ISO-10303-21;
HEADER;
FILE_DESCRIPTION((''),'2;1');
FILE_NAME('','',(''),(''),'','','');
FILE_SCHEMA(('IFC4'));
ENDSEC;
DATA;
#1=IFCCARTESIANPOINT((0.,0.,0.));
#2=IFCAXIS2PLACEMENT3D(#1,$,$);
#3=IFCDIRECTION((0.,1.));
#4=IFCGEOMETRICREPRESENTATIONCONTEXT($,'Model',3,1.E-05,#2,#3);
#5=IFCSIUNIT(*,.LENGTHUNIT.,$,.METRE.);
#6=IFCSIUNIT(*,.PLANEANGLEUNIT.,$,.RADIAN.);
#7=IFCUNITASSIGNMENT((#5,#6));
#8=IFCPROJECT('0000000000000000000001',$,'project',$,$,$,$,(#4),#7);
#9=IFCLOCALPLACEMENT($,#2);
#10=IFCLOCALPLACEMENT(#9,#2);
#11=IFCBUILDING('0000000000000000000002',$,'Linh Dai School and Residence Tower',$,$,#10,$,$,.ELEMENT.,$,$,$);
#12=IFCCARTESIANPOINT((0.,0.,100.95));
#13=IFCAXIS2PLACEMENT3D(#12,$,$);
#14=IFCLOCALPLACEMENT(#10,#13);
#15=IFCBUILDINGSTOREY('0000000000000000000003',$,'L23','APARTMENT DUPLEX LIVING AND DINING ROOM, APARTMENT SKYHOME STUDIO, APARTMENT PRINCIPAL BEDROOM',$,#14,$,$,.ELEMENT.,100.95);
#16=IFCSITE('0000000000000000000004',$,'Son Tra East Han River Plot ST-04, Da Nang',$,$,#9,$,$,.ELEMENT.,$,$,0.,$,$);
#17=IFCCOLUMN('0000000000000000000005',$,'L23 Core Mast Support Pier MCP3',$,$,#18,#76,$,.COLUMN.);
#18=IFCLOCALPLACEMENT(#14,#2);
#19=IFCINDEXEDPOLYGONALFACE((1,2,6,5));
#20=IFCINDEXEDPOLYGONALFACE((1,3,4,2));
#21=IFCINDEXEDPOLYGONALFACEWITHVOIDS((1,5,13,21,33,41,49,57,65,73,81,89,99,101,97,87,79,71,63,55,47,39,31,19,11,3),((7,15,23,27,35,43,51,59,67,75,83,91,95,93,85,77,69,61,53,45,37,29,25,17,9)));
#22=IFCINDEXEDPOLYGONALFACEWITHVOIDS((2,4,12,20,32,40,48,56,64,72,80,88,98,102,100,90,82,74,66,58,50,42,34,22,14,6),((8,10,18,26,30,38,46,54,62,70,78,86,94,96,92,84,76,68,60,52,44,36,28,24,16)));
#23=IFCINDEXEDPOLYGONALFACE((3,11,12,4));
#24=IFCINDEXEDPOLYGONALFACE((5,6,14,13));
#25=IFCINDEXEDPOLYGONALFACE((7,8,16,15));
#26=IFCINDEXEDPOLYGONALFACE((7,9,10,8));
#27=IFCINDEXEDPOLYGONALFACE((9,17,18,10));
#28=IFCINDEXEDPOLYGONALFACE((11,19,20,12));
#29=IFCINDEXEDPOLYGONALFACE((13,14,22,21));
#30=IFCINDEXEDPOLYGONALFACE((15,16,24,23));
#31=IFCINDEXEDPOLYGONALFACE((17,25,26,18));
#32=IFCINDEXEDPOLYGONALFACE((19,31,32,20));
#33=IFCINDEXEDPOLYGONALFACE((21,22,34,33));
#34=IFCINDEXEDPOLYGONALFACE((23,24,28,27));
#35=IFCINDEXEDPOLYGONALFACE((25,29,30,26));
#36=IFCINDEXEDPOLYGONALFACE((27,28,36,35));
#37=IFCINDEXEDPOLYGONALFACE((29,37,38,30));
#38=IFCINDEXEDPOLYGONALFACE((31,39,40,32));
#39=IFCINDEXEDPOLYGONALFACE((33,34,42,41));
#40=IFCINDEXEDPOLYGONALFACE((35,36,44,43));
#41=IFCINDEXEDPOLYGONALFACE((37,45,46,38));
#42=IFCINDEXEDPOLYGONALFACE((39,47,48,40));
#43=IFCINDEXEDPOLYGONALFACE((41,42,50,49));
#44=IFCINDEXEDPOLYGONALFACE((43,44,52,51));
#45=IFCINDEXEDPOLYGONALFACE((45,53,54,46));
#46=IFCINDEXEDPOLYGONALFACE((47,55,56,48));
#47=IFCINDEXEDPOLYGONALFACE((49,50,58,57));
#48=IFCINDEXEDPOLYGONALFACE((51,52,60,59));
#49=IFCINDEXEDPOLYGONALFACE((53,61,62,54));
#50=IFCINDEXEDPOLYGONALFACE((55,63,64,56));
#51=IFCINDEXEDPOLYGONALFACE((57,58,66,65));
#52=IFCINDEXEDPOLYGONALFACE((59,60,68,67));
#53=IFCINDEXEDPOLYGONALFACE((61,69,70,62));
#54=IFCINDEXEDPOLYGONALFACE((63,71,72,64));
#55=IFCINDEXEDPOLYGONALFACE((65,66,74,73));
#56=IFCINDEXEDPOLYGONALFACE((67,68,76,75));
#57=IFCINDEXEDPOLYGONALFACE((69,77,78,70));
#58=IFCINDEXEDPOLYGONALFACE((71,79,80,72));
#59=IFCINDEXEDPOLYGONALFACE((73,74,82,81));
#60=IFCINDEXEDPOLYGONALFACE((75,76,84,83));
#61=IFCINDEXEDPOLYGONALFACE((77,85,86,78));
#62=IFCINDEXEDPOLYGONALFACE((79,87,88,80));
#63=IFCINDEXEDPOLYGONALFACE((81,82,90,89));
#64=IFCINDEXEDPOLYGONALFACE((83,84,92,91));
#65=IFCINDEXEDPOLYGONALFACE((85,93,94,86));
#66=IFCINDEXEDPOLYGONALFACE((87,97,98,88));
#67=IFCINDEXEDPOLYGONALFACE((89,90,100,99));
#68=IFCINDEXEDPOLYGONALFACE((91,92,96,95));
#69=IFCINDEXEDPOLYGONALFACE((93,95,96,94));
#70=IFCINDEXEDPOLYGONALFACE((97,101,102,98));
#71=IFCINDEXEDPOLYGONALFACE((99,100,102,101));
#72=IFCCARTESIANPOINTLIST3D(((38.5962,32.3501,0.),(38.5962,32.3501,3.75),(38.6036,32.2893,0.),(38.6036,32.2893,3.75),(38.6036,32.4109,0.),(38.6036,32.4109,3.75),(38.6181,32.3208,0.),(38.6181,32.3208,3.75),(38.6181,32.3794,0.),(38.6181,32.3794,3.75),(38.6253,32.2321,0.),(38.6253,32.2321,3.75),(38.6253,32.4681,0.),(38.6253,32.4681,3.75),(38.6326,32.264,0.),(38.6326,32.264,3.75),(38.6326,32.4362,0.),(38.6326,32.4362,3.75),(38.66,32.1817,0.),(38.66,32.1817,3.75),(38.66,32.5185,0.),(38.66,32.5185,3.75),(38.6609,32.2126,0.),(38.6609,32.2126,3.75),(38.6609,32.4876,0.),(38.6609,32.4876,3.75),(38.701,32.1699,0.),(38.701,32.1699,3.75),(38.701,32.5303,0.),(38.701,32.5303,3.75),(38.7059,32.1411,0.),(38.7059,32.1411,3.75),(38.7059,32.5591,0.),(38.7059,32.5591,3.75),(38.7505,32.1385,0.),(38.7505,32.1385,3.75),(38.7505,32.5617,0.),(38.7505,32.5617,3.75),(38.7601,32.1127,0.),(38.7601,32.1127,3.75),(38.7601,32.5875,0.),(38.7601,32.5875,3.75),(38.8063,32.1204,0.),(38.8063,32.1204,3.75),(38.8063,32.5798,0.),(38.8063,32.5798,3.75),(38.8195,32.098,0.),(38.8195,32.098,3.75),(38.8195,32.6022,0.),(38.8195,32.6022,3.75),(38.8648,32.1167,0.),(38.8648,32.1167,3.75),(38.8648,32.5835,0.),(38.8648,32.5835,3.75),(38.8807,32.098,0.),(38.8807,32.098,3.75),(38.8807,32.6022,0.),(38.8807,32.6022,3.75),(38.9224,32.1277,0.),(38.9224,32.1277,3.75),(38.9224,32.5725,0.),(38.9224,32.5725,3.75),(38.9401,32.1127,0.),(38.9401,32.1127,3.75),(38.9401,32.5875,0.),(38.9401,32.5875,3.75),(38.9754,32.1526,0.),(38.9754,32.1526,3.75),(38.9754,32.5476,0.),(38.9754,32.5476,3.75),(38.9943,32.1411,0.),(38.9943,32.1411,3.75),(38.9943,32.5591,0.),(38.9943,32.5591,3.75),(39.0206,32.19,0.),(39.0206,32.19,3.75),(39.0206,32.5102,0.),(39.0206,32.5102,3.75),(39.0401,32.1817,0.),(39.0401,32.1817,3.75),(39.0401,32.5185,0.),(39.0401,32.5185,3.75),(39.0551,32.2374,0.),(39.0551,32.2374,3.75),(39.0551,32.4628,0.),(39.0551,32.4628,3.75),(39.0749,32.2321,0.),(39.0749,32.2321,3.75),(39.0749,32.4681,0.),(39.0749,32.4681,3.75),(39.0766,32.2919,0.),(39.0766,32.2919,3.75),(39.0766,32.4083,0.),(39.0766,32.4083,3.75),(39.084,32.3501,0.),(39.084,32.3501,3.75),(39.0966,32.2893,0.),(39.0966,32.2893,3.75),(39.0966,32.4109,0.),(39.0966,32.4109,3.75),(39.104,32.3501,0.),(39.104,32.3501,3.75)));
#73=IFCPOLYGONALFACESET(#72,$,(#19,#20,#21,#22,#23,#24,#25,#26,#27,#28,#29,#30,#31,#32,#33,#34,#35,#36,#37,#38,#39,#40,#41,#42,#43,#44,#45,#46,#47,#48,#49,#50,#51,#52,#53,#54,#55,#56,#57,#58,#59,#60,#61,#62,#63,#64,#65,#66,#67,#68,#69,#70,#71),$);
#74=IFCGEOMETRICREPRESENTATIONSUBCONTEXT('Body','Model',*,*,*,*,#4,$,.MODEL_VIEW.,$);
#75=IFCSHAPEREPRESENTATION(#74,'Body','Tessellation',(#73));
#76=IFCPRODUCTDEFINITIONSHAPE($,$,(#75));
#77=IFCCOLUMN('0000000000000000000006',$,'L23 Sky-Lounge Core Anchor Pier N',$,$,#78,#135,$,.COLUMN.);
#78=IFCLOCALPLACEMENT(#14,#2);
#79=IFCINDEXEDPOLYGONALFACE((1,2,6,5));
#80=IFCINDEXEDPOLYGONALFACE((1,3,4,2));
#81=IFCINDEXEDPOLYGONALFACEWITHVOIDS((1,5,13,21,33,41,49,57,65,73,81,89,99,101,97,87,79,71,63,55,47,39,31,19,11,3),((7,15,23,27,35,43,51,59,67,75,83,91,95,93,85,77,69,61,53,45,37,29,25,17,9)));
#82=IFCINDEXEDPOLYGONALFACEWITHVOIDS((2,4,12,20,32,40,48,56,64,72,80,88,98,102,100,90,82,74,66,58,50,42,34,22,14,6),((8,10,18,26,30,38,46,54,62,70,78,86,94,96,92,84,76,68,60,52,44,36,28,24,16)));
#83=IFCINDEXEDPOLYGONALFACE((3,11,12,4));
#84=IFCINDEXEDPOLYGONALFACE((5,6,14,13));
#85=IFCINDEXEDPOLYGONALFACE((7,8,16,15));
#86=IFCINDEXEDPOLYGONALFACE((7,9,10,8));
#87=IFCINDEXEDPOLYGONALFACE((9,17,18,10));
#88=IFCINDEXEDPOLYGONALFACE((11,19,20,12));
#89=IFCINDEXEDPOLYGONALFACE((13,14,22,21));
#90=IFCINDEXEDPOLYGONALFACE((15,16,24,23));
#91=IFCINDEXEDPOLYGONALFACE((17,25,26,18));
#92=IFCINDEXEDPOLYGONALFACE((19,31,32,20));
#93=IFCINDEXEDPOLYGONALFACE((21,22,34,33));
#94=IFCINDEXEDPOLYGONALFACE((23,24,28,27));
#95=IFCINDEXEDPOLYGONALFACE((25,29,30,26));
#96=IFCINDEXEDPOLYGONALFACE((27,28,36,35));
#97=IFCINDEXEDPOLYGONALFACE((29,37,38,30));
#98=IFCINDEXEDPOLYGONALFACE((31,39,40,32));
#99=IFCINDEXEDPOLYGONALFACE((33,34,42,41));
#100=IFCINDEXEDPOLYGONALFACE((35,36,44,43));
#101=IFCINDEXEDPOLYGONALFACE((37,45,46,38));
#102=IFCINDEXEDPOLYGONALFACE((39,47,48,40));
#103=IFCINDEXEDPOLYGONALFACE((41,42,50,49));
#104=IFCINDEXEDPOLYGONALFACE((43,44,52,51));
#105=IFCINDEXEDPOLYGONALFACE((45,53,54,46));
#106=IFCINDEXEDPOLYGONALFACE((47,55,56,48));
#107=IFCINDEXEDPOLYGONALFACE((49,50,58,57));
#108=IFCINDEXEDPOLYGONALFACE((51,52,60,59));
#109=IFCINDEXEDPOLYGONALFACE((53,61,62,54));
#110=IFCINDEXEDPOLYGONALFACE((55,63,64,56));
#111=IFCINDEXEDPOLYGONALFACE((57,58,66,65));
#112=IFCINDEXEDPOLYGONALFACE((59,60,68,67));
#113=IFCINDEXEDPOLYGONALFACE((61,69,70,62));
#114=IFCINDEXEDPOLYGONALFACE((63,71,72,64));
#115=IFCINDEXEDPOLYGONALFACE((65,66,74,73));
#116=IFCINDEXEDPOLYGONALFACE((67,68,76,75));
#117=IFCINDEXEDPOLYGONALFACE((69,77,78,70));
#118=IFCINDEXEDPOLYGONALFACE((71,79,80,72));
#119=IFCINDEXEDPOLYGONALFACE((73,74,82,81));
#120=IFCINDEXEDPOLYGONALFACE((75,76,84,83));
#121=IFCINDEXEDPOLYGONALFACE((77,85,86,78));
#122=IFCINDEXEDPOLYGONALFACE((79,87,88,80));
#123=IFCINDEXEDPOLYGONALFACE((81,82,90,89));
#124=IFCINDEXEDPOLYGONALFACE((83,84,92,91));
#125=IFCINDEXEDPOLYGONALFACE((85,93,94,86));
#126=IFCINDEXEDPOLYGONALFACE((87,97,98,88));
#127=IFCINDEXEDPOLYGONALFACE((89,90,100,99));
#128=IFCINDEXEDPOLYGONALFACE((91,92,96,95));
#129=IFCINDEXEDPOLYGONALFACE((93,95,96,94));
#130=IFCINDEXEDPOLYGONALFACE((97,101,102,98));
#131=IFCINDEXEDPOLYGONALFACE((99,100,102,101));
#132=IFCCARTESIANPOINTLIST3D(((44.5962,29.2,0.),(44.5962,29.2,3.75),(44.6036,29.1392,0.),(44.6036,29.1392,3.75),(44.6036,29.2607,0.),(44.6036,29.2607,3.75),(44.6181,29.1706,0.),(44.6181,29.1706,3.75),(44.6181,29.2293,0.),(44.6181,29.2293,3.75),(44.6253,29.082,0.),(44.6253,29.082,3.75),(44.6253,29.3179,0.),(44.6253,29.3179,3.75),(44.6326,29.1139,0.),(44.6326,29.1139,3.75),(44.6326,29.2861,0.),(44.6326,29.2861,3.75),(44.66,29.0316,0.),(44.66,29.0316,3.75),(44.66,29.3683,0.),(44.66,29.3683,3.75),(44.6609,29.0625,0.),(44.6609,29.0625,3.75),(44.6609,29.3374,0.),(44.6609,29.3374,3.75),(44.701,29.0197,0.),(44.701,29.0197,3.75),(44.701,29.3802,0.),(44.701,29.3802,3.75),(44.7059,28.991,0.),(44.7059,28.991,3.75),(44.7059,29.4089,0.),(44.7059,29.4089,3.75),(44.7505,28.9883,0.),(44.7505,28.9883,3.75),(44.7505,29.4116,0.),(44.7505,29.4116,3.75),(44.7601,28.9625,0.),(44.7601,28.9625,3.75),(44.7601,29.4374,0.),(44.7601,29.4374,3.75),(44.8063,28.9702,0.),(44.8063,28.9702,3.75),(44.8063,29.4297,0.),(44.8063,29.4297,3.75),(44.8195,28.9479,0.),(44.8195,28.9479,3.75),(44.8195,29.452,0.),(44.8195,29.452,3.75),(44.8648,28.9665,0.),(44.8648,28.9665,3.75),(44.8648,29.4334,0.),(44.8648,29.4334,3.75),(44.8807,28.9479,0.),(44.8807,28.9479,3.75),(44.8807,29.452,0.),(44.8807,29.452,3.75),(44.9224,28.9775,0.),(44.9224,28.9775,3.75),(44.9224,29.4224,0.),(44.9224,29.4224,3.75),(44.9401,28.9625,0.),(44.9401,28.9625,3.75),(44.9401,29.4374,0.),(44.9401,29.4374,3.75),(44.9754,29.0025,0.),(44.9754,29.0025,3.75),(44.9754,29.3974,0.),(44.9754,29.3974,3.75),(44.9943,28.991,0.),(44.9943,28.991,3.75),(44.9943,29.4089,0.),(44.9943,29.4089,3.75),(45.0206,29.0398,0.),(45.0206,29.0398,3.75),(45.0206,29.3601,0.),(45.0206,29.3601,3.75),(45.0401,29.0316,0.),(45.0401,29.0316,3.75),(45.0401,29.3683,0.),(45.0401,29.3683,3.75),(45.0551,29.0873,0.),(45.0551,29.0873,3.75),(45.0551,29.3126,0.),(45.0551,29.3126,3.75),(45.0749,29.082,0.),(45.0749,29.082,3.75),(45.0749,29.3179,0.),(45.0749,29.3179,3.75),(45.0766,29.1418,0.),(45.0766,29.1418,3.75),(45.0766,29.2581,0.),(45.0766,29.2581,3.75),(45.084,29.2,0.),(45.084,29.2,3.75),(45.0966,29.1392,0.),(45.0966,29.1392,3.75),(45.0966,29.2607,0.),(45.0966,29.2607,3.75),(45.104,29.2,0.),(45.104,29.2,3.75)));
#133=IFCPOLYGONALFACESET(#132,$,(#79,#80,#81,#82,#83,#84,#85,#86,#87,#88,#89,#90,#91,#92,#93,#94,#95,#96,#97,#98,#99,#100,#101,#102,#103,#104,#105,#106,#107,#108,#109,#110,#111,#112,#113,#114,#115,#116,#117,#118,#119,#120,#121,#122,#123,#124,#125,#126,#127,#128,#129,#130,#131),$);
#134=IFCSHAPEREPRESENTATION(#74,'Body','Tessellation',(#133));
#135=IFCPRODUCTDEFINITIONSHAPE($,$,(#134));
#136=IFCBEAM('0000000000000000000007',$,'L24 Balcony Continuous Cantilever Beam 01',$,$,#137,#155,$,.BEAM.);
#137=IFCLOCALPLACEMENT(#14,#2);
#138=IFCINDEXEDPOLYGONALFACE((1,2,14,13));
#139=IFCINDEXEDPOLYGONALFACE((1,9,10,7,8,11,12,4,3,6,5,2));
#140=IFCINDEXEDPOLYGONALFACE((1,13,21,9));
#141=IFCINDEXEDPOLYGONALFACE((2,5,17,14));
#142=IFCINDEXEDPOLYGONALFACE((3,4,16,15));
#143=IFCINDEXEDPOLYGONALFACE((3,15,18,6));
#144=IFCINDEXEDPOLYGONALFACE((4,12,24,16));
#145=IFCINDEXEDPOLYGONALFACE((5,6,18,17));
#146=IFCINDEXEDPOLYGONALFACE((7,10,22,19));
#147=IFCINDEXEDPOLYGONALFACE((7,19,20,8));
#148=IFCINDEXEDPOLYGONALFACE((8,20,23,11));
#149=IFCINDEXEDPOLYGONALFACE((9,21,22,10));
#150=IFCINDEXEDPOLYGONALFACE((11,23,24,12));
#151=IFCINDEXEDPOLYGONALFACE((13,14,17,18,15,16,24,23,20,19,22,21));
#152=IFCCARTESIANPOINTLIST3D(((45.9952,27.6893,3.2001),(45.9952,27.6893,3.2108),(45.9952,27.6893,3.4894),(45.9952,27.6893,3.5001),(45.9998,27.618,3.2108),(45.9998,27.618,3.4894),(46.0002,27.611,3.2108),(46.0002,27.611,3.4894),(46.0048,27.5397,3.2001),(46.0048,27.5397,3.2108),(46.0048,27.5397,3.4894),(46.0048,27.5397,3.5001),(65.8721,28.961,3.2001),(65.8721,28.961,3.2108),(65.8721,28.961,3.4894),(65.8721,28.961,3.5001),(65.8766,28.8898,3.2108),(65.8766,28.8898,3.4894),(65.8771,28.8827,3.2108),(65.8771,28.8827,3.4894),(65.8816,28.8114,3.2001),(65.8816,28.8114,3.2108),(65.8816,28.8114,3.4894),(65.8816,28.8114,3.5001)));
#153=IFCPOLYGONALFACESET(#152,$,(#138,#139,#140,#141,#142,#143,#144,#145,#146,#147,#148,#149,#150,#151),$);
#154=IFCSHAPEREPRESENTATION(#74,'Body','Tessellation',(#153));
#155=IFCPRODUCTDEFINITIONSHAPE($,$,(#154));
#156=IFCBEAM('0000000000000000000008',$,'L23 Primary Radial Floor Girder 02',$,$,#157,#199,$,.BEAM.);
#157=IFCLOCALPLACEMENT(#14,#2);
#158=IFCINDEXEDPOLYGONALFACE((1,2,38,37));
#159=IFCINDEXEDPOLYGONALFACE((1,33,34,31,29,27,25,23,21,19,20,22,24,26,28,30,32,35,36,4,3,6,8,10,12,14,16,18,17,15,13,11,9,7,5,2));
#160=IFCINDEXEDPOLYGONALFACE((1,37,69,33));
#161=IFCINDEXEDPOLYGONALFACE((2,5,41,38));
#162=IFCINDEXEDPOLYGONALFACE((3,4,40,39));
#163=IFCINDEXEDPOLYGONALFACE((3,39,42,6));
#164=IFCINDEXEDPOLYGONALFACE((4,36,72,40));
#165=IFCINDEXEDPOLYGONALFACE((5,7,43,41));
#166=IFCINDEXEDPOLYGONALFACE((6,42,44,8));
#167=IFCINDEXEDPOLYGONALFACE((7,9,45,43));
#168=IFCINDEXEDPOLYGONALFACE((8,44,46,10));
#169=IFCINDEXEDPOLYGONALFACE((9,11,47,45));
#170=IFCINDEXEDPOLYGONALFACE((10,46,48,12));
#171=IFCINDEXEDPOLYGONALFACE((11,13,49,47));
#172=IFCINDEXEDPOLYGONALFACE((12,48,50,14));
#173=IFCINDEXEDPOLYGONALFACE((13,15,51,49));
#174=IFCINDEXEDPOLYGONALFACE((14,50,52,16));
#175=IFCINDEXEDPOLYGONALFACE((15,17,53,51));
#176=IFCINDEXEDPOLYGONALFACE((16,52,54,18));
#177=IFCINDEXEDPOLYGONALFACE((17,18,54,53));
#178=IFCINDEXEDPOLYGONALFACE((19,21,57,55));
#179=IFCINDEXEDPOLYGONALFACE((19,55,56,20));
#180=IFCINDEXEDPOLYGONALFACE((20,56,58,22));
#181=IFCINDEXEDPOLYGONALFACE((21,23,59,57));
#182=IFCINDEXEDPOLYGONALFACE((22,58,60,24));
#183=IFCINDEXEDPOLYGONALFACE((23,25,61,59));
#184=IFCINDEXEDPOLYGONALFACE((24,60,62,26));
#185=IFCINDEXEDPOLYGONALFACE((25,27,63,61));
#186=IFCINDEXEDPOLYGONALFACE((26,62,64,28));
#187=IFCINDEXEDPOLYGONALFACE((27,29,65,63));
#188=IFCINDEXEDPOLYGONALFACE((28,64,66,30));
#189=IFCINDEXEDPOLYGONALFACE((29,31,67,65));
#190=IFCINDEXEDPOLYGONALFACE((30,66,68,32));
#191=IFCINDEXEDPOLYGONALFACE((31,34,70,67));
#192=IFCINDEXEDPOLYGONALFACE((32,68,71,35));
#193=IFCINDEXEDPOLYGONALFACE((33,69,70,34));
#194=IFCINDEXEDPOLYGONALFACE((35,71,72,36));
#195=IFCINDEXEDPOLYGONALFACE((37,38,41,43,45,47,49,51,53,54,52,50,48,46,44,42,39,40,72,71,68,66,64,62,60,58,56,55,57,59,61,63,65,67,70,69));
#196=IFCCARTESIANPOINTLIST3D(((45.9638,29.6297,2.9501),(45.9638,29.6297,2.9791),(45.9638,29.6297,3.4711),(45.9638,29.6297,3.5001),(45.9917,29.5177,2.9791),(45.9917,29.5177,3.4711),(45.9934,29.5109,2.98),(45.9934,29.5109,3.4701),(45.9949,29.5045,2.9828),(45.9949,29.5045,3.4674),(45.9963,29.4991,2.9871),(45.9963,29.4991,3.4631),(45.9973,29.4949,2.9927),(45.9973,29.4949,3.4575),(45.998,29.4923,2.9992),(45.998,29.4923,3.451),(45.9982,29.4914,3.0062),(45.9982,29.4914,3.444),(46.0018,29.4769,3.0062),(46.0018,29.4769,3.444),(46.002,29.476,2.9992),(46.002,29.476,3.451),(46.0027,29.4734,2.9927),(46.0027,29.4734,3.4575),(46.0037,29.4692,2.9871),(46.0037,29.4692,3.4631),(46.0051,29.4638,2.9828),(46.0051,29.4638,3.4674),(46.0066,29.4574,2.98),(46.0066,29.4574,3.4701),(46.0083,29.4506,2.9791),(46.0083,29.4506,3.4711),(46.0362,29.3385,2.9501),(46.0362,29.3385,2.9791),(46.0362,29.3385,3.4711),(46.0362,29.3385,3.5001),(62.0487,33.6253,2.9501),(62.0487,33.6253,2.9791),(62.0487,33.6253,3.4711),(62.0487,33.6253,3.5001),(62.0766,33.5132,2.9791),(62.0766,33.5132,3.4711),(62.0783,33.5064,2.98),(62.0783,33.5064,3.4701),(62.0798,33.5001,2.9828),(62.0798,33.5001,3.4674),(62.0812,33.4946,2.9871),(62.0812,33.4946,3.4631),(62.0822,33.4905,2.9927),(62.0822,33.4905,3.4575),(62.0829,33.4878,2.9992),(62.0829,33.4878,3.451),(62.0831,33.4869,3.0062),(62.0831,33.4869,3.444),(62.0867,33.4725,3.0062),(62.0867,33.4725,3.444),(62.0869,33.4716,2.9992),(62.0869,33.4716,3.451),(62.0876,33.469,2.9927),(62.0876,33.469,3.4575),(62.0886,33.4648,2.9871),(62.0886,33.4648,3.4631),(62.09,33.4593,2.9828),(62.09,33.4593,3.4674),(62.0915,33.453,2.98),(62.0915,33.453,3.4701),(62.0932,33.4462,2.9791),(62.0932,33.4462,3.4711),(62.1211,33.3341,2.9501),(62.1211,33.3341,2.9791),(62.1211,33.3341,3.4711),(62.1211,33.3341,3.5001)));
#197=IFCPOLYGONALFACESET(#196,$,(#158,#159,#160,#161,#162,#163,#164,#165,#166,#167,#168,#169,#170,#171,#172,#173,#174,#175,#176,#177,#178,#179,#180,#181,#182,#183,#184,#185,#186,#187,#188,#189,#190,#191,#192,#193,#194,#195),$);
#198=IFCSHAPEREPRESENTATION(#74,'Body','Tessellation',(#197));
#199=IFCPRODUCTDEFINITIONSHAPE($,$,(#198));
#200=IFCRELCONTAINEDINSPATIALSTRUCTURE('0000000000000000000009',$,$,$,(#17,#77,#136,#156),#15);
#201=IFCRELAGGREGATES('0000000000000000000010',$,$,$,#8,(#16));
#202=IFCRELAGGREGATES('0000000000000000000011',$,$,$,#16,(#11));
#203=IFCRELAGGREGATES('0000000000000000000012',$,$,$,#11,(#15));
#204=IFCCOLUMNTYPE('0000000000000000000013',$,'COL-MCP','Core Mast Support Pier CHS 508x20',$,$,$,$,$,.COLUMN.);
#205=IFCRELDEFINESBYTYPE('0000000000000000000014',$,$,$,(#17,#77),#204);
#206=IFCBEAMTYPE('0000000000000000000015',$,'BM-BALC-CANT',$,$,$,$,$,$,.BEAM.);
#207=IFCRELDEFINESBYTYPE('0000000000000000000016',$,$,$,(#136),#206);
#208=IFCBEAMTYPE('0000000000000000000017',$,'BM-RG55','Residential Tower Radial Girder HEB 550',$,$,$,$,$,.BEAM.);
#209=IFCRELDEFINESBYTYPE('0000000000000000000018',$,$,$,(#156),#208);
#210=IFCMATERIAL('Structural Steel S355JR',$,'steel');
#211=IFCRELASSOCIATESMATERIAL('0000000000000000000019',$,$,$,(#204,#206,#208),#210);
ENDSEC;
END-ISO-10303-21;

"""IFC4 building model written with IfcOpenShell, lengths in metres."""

from ifc_helpers import new_model, si_unit, direction, frame, origin, origin_2d, place, context, subcontext, project, spatial, hollow_circle, i_section, extrude, material, material_profile, profile_set, type_object, element, save


model = new_model("IFC4")

# Units and contexts
model_context = context("Model", 3, precision=1e-05, world=origin(), true_north=direction((0.0, 1.0)))
body_context = subcontext(model_context, "Body", "Model", "MODEL_VIEW")
ifc_project = project(units=[si_unit("LENGTHUNIT", "METRE"), si_unit("PLANEANGLEUNIT", "RADIAN")], contexts=[model_context])

# Site, building, storey
site_placement = place(None, origin())
site = spatial("IfcSite", under=ifc_project, at=site_placement, Name="Son Tra East Han River Plot ST-04, Da Nang", CompositionType="ELEMENT", RefElevation=0.0)
building_placement = place(site_placement, origin())
building = spatial("IfcBuilding", under=site, at=building_placement, Name="Linh Dai School and Residence Tower", CompositionType="ELEMENT")
storey_placement = place(building_placement, frame((0.0, 0.0, 100.95)))
storey = spatial("IfcBuildingStorey", under=building, at=storey_placement, Name="L23", Description="APARTMENT DUPLEX LIVING AND DINING ROOM, APARTMENT SKYHOME STUDIO, APARTMENT PRINCIPAL BEDROOM", CompositionType="ELEMENT", Elevation=100.95)

# Columns
ifc_material_1 = material(Name="Structural Steel S355JR", Category="steel")
ifc_material_profile_1 = material_profile(ifc_material_1, hollow_circle(Radius=0.2539, WallThickness=0.02, at=origin_2d()), Name="CHS 508x20")
ifc_profile_set_1 = profile_set([ifc_material_profile_1], Name="Structural Steel S355JR")
column_type_1 = type_object("IfcColumnType", Name="COL-MCP", Description="Core Mast Support Pier CHS 508x20", PredefinedType="COLUMN", material=ifc_profile_set_1)
for number, where, z_axis, x_axis, name in (
    (1, (38.8501, 32.3501, 0.0), (0.0, 0.0, 1.0), (1.0, 0.0, 0.0), "L23 Core Mast Support Pier MCP3"),
    (2, (44.8501, 29.2, 0.0), (0.0, 0.0, 1.0), (1.0, 0.0, 0.0), "L23 Sky-Lounge Core Anchor Pier N"),
):
    element("IfcColumn", number, at=place(storey_placement, frame(where, z_axis=z_axis, x_axis=x_axis)), inside=storey, type_object=column_type_1, Name=name, PredefinedType="COLUMN", context=body_context, shape_type="SweptSolid", body=[
        extrude(hollow_circle(Radius=0.2539, WallThickness=0.02, at=origin_2d()), origin(), (0.0, 0.0, 1.0), 3.75),
    ])

# Beams
ifc_material_profile_2 = material_profile(ifc_material_1, i_section(OverallWidth=0.1499, OverallDepth=0.3, WebThickness=0.0071, FlangeThickness=0.0107, at=origin_2d()), Name="IPE 300")
ifc_profile_set_2 = profile_set([ifc_material_profile_2], Name="Structural Steel S355JR")
beam_type_1 = type_object("IfcBeamType", Name="BM-BALC-CANT", PredefinedType="BEAM", material=ifc_profile_set_2)
beam_1_placement = place(storey_placement, frame((46.0, 27.6145, 3.3501), z_axis=(0.99796, 0.06385, 0.0), x_axis=(-0.06385, 0.99796, 0.0)))
element("IfcBeam", 3, at=beam_1_placement, inside=storey, type_object=beam_type_1, Name="L24 Balcony Continuous Cantilever Beam 01", PredefinedType="BEAM", context=body_context, shape_type="SweptSolid", body=[
    extrude(i_section(OverallWidth=0.1499, OverallDepth=0.3, WebThickness=0.0071, FlangeThickness=0.0107, at=origin_2d()), origin(), (0.0, 0.0, 1.0), 19.9175),
])
ifc_material_profile_3 = material_profile(ifc_material_1, i_section(OverallWidth=0.3, OverallDepth=0.55, WebThickness=0.0149, FlangeThickness=0.0291, FilletRadius=0.0271, at=origin_2d()), Name="HEB 550")
ifc_profile_set_3 = profile_set([ifc_material_profile_3], Name="Structural Steel S355JR")
beam_type_2 = type_object("IfcBeamType", Name="BM-RG55", Description="Residential Tower Radial Girder HEB 550", PredefinedType="BEAM", material=ifc_profile_set_3)
beam_2_placement = place(storey_placement, frame((46.0, 29.4841, 3.2251), z_axis=(0.970505, 0.24108, 0.0), x_axis=(-0.24108, 0.970505, 0.0)))
element("IfcBeam", 4, at=beam_2_placement, inside=storey, type_object=beam_type_2, Name="L23 Primary Radial Floor Girder 02", PredefinedType="BEAM", context=body_context, shape_type="SweptSolid", body=[
    extrude(i_section(OverallWidth=0.3, OverallDepth=0.55, WebThickness=0.0149, FlangeThickness=0.0291, FilletRadius=0.0271, at=origin_2d()), origin(), (0.0, 0.0, 1.0), 16.5737),
])

save(model, "model.ifc")
